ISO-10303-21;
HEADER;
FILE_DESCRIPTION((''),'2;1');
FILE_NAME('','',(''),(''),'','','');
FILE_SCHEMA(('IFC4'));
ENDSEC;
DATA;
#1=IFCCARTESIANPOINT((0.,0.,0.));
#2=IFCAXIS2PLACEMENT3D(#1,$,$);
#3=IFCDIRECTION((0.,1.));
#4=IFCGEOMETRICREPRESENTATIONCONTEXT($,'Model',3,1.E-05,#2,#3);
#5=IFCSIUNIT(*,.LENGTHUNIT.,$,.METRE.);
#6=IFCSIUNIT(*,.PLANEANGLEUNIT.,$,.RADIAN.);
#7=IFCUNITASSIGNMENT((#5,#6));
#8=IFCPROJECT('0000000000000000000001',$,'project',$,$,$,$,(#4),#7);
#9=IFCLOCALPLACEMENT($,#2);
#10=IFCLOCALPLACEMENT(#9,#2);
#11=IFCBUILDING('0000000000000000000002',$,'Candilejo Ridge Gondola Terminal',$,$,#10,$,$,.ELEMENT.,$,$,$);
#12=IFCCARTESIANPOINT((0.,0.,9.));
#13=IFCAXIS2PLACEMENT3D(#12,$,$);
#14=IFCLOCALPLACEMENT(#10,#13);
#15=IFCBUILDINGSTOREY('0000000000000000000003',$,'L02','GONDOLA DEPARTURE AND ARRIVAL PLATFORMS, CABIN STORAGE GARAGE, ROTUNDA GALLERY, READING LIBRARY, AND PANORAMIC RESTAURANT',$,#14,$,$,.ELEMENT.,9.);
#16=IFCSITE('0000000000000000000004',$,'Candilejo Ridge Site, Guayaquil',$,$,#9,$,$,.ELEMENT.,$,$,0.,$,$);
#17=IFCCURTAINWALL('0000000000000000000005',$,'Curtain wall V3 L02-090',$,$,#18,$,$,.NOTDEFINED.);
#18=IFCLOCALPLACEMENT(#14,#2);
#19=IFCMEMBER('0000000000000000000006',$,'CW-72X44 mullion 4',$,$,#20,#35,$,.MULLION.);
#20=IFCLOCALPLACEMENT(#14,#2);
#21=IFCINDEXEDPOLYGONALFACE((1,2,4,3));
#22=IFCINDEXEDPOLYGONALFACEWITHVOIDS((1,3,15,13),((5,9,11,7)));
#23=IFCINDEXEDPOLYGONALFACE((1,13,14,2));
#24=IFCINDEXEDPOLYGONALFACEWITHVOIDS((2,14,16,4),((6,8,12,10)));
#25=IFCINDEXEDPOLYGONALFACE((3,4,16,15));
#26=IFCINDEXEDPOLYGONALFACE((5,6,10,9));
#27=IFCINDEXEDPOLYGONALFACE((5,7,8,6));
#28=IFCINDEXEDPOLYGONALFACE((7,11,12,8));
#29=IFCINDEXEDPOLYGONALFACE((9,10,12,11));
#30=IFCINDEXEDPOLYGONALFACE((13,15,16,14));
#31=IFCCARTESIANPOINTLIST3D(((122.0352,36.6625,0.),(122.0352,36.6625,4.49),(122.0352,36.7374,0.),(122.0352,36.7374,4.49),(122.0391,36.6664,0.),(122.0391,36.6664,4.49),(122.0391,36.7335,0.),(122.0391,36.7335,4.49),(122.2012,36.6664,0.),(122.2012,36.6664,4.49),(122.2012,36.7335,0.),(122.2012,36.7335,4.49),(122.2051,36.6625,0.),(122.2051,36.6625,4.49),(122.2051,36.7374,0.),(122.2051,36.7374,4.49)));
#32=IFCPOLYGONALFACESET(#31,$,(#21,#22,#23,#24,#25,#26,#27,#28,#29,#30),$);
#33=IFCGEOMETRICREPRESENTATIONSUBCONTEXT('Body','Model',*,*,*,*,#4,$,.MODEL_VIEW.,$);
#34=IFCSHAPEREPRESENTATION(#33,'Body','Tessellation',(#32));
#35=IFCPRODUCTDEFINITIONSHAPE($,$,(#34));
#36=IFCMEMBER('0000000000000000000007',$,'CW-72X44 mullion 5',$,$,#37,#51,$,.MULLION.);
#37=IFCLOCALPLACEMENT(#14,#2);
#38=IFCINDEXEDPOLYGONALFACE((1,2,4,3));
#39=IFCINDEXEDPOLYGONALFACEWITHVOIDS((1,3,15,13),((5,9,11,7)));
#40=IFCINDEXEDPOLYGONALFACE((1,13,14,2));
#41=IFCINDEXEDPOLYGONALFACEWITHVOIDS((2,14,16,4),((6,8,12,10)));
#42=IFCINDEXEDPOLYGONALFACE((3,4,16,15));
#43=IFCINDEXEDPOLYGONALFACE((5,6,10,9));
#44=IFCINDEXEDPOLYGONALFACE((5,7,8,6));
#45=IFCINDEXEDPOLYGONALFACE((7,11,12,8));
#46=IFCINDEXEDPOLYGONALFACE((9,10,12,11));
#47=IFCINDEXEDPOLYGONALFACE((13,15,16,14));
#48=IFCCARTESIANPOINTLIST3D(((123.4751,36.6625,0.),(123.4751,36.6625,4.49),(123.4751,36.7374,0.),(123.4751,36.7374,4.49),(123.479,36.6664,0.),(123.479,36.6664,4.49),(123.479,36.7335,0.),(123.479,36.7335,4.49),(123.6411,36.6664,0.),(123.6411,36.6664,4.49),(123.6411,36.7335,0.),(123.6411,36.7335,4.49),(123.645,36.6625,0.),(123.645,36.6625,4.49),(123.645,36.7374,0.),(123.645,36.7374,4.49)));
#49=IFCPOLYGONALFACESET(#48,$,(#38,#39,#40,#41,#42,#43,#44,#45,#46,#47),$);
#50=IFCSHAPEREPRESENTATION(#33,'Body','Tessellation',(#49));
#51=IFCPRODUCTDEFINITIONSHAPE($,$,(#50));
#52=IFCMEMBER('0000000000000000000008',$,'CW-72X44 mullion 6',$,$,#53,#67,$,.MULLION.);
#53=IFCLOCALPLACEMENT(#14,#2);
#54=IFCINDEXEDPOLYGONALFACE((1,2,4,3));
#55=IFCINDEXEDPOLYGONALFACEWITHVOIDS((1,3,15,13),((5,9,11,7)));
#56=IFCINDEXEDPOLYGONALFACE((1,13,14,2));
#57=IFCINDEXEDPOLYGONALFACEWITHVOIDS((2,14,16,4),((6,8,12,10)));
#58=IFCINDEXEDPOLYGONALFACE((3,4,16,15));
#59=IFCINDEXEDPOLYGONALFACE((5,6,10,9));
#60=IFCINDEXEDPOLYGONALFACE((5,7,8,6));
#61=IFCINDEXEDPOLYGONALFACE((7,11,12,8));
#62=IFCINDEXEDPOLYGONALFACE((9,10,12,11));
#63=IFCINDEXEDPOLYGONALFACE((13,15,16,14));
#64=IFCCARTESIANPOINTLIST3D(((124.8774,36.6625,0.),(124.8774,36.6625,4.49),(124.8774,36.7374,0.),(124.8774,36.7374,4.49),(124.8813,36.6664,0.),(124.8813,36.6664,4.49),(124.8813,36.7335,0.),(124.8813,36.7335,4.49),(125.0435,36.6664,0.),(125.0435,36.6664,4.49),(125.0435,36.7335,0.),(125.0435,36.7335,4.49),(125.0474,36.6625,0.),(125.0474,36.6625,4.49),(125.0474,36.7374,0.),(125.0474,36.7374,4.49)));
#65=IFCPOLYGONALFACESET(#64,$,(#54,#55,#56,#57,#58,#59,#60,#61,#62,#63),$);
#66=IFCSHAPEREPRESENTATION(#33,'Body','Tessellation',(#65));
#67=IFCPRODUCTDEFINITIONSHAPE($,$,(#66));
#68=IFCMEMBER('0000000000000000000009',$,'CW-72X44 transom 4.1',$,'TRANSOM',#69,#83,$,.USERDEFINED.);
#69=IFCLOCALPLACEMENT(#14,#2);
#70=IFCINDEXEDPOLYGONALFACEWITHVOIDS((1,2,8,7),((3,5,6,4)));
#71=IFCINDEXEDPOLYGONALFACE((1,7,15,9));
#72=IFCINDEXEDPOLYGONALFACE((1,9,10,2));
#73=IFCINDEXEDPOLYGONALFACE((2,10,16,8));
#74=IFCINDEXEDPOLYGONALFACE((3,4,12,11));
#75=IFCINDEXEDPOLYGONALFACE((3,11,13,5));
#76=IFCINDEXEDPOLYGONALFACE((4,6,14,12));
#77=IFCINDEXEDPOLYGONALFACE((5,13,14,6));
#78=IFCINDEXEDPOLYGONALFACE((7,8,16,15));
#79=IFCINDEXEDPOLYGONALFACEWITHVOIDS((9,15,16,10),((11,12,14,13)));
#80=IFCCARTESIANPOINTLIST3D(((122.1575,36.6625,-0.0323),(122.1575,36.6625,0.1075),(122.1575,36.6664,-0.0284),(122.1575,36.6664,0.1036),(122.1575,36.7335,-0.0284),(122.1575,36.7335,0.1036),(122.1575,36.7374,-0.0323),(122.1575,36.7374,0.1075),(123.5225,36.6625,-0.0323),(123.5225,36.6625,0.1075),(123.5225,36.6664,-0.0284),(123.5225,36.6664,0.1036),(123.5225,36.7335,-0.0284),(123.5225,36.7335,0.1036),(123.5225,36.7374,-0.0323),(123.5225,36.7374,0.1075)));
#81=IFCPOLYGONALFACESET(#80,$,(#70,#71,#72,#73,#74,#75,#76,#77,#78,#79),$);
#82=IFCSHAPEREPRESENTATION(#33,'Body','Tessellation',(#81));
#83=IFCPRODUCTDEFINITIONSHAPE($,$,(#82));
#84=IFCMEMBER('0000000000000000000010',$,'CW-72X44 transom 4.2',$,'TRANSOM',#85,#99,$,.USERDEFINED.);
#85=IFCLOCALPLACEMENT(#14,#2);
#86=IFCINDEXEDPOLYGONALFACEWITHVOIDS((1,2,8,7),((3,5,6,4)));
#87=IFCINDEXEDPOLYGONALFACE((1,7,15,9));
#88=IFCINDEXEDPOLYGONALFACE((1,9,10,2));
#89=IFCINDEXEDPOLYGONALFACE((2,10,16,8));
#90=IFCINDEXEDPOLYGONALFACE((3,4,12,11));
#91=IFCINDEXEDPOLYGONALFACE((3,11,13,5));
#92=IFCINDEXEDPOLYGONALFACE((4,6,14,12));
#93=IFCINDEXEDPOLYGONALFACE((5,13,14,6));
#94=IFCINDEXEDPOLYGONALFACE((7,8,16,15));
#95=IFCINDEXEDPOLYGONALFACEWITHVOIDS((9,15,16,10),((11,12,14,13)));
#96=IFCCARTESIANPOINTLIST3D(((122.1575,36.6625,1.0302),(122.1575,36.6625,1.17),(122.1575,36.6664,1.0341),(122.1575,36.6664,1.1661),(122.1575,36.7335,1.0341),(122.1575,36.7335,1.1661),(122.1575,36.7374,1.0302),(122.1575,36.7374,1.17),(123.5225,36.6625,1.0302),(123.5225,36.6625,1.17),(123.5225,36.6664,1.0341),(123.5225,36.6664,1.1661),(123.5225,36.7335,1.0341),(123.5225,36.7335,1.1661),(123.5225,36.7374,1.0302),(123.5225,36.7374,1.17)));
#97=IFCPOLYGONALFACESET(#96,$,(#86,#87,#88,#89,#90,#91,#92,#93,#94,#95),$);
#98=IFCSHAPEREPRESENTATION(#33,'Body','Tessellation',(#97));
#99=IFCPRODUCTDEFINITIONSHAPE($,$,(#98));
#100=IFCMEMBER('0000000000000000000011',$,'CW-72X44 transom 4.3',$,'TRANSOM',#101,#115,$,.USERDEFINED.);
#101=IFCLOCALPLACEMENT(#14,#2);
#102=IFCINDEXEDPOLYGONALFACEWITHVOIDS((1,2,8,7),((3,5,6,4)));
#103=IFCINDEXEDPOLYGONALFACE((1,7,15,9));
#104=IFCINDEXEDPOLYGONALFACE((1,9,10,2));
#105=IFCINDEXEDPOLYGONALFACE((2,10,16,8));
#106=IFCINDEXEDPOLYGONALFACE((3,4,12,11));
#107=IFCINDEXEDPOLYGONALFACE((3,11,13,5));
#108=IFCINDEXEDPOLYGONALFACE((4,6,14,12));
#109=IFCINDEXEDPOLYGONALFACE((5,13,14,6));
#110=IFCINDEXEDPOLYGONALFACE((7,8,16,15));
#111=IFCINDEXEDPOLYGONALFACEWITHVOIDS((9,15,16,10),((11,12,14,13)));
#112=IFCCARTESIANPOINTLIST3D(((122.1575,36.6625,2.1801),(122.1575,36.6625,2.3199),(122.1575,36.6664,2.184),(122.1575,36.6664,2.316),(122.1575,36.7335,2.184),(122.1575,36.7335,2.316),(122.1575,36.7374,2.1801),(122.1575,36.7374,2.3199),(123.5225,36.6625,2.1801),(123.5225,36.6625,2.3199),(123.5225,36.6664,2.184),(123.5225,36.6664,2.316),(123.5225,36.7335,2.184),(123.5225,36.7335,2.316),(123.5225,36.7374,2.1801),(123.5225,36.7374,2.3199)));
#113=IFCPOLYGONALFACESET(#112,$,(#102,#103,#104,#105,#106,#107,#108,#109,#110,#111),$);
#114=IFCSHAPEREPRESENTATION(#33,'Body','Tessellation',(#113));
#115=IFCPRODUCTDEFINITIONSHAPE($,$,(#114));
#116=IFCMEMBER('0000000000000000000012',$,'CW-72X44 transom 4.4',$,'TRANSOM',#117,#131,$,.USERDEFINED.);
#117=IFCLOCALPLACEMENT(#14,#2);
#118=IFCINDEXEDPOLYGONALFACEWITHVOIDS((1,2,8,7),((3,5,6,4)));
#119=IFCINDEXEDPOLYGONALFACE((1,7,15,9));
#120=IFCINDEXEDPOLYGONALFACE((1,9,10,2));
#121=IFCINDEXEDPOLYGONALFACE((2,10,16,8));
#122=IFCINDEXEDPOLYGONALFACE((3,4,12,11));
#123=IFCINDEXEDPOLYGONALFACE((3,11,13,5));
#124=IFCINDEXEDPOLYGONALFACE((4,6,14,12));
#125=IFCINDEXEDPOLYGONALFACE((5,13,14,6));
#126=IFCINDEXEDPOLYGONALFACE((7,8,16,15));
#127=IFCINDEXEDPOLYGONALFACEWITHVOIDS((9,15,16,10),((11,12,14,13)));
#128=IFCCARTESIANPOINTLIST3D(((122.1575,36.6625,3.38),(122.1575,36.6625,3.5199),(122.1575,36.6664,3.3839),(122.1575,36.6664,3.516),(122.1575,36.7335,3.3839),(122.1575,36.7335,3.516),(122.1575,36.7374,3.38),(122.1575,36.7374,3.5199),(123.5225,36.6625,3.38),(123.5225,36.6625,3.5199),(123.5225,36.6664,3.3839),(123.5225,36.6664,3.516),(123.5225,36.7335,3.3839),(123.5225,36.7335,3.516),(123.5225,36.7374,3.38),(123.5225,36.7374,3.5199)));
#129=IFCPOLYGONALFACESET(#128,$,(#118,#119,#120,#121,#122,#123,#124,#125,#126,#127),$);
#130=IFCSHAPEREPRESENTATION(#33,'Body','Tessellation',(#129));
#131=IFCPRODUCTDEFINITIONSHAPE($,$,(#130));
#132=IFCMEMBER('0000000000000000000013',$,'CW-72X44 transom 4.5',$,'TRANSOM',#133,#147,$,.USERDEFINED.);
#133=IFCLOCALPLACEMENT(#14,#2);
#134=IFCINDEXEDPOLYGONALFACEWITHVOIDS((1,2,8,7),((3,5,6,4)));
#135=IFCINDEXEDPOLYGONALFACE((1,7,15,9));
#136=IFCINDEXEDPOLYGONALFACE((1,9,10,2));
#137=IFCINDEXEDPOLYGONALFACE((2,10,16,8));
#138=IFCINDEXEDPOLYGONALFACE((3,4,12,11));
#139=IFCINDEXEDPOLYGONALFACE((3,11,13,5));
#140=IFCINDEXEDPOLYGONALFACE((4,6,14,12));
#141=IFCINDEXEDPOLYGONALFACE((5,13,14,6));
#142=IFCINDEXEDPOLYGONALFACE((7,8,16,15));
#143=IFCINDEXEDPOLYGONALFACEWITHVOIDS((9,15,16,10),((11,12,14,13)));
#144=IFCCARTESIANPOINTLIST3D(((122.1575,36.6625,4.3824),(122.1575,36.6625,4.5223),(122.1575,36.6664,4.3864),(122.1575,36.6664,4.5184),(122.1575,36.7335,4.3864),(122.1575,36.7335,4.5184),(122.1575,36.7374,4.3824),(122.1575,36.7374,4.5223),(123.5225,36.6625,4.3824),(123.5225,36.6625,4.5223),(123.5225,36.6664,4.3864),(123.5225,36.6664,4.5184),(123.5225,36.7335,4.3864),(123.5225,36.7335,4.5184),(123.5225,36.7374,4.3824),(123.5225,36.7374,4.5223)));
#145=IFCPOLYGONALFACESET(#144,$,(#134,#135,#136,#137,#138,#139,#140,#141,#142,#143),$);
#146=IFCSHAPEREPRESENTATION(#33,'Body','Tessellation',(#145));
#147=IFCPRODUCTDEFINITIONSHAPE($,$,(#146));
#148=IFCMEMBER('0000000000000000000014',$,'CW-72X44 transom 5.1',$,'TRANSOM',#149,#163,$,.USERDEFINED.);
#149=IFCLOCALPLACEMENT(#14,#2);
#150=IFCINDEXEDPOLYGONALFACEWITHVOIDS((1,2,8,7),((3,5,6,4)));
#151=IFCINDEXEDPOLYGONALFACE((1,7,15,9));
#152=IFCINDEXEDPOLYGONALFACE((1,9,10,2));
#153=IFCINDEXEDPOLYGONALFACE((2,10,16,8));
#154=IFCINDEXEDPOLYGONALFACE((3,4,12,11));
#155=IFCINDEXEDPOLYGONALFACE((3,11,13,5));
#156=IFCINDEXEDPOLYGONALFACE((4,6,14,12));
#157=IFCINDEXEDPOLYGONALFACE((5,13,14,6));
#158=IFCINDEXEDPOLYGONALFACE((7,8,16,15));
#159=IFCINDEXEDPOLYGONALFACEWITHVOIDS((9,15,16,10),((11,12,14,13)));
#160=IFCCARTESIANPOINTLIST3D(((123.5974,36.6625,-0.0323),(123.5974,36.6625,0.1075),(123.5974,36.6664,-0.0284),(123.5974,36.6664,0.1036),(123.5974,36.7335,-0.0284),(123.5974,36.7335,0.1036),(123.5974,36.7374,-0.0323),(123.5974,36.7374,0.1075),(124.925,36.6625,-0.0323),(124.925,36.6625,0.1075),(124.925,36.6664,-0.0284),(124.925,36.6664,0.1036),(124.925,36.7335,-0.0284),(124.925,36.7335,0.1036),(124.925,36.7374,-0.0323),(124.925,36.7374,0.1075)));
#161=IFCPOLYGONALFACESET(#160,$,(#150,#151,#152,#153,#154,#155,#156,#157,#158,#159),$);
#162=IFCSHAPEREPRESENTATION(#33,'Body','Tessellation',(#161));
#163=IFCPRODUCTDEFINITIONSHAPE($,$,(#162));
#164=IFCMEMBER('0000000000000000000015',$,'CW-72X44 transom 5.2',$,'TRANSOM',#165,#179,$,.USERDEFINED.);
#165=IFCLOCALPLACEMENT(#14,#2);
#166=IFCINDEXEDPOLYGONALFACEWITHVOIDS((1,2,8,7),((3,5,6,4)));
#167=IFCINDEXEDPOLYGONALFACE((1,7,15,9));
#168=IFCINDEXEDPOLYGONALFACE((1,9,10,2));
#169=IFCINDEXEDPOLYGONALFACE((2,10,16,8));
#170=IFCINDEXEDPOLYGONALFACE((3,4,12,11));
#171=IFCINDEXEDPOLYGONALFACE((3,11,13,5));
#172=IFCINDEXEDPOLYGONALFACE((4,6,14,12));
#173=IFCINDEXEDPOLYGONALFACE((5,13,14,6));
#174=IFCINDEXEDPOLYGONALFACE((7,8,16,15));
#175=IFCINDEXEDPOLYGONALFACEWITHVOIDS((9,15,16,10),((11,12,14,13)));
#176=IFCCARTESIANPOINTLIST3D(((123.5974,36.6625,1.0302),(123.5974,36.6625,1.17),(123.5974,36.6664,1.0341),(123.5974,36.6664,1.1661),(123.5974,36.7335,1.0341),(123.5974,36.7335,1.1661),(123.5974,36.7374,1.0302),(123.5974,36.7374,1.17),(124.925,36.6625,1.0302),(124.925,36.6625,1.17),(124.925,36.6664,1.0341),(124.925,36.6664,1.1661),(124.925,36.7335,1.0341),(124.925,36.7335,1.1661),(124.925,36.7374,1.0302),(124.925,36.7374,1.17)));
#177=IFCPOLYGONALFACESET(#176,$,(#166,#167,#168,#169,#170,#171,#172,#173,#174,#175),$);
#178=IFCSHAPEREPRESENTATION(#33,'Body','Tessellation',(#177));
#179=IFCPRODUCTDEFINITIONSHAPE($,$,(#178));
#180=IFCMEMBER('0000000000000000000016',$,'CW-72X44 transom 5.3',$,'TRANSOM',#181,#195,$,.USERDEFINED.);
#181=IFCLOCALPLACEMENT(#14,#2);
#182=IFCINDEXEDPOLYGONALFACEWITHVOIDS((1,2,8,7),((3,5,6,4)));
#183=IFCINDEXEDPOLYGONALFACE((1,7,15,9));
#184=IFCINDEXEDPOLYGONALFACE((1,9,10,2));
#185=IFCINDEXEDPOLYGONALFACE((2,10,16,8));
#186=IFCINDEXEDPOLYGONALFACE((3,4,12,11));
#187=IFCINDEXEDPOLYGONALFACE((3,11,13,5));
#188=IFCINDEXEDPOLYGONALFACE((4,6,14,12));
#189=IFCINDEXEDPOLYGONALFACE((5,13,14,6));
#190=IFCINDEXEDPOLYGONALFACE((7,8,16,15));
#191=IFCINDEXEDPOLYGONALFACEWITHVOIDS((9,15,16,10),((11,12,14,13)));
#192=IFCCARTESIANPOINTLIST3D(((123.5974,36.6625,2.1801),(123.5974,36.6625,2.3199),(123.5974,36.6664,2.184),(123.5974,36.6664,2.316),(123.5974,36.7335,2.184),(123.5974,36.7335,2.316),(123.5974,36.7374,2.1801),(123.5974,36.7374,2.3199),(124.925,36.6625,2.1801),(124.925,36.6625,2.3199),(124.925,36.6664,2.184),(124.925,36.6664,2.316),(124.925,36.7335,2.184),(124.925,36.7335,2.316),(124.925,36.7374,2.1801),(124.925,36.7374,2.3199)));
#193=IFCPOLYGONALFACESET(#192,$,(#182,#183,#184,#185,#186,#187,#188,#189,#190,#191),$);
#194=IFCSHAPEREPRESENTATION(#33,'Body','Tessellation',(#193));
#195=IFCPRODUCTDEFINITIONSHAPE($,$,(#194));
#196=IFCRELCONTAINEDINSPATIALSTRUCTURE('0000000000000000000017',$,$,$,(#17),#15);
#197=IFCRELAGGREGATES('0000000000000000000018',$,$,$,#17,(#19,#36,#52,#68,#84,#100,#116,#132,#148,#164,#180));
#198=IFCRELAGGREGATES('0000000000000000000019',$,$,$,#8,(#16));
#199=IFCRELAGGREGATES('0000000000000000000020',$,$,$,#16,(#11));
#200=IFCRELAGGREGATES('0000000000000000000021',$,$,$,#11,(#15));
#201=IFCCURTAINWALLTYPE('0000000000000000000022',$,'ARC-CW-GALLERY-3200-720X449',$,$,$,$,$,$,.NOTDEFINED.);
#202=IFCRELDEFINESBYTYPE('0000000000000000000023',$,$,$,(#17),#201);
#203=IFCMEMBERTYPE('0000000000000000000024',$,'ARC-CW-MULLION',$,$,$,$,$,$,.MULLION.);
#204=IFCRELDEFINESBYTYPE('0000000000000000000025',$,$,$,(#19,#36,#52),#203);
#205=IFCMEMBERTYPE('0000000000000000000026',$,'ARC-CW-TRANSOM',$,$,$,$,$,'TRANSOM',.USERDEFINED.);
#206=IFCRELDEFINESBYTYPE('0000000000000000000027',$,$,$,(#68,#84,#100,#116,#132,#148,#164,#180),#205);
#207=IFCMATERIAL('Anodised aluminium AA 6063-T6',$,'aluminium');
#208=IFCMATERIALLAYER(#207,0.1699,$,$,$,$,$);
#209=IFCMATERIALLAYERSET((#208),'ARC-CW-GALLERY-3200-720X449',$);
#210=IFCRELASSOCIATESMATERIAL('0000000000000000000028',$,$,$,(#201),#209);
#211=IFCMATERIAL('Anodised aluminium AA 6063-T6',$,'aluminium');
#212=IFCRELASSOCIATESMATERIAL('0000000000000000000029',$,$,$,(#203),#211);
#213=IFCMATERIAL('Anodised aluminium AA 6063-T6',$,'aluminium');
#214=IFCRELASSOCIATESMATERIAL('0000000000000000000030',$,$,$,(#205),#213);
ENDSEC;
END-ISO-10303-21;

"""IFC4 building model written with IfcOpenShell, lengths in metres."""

from ifc_helpers import new_model, si_unit, direction, frame, origin, origin_2d, place, context, subcontext, project, spatial, hollow_rectangle, extrude, material, layer, layer_set, material_profile, profile_set, type_object, element, aggregate, save


model = new_model("IFC4")

# Units and contexts
model_context = context("Model", 3, precision=1e-05, world=origin(), true_north=direction((0.0, 1.0)))
body_context = subcontext(model_context, "Body", "Model", "MODEL_VIEW")
ifc_project = project(units=[si_unit("LENGTHUNIT", "METRE"), si_unit("PLANEANGLEUNIT", "RADIAN")], contexts=[model_context])

# Site, building, storey
site_placement = place(None, origin())
site = spatial("IfcSite", under=ifc_project, at=site_placement, Name="Candilejo Ridge Site, Guayaquil", CompositionType="ELEMENT", RefElevation=0.0)
building_placement = place(site_placement, origin())
building = spatial("IfcBuilding", under=site, at=building_placement, Name="Candilejo Ridge Gondola Terminal", CompositionType="ELEMENT")
storey_placement = place(building_placement, frame((0.0, 0.0, 9.0)))
storey = spatial("IfcBuildingStorey", under=building, at=storey_placement, Name="L02", Description="GONDOLA DEPARTURE AND ARRIVAL PLATFORMS, CABIN STORAGE GARAGE, ROTUNDA GALLERY, READING LIBRARY, AND PANORAMIC RESTAURANT", CompositionType="ELEMENT", Elevation=9.0)

# Curtain wall, members
ifc_material_1 = material(Name="Anodised aluminium AA 6063-T6", Category="aluminium")
ifc_layer_1 = layer(ifc_material_1, 0.1699)
ifc_layer_set_1 = layer_set([ifc_layer_1], Name="ARC-CW-GALLERY-3200-720X449")
curtain_wall_type = type_object("IfcCurtainWallType", Name="ARC-CW-GALLERY-3200-720X449", PredefinedType="NOTDEFINED", material=ifc_layer_set_1)
curtain_wall_placement = place(storey_placement, origin())
curtain_wall = element("IfcCurtainWall", 1, at=curtain_wall_placement, inside=storey, type_object=curtain_wall_type, Name="Curtain wall V3 L02-090", PredefinedType="NOTDEFINED")
ifc_material_2 = material(Name="Anodised aluminium AA 6063-T6", Category="aluminium")
ifc_material_profile_1 = material_profile(ifc_material_2, hollow_rectangle(XDim=0.075, YDim=0.1699, WallThickness=0.0039, at=origin_2d()))
ifc_profile_set_1 = profile_set([ifc_material_profile_1], Name="Anodised aluminium AA 6063-T6")
member_type_1 = type_object("IfcMemberType", Name="ARC-CW-MULLION", PredefinedType="MULLION", material=ifc_profile_set_1)
member_1_placement = place(storey_placement, frame((122.1201, 36.7, 0.0), z_axis=(0.0, 0.0, 1.0), x_axis=(0.0, 1.0, 0.0)))
member_1 = element("IfcMember", 2, at=member_1_placement, type_object=member_type_1, Name="CW-72X44 mullion 4", PredefinedType="MULLION", context=body_context, shape_type="SweptSolid", body=[
    extrude(hollow_rectangle(XDim=0.075, YDim=0.1699, WallThickness=0.0039, at=origin_2d()), origin(), (0.0, 0.0, 1.0), 4.49),
])
member_2_placement = place(storey_placement, frame((123.5601, 36.7, 0.0), z_axis=(0.0, 0.0, 1.0), x_axis=(0.0, 1.0, 0.0)))
member_2 = element("IfcMember", 3, at=member_2_placement, type_object=member_type_1, Name="CW-72X44 mullion 5", PredefinedType="MULLION", context=body_context, shape_type="SweptSolid", body=[
    extrude(hollow_rectangle(XDim=0.075, YDim=0.1699, WallThickness=0.0039, at=origin_2d()), origin(), (0.0, 0.0, 1.0), 4.49),
])
member_3_placement = place(storey_placement, frame((124.9624, 36.7, 0.0), z_axis=(0.0, 0.0, 1.0), x_axis=(0.0, 1.0, 0.0)))
member_3 = element("IfcMember", 4, at=member_3_placement, type_object=member_type_1, Name="CW-72X44 mullion 6", PredefinedType="MULLION", context=body_context, shape_type="SweptSolid", body=[
    extrude(hollow_rectangle(XDim=0.075, YDim=0.1699, WallThickness=0.0039, at=origin_2d()), origin(), (0.0, 0.0, 1.0), 4.49),
])
ifc_material_3 = material(Name="Anodised aluminium AA 6063-T6", Category="aluminium")
ifc_material_profile_2 = material_profile(ifc_material_3, hollow_rectangle(XDim=0.075, YDim=0.1399, WallThickness=0.0039, at=origin_2d()))
ifc_profile_set_2 = profile_set([ifc_material_profile_2], Name="Anodised aluminium AA 6063-T6")
member_type_2 = type_object("IfcMemberType", Name="ARC-CW-TRANSOM", ElementType="TRANSOM", PredefinedType="USERDEFINED", material=ifc_profile_set_2)
member_4_placement = place(storey_placement, frame((122.1575, 36.7, 0.0376), z_axis=(1.0, 0.0, 0.0), x_axis=(0.0, 1.0, 0.0)))
member_4 = element("IfcMember", 5, at=member_4_placement, type_object=member_type_2, Name="CW-72X44 transom 4.1", ObjectType="TRANSOM", PredefinedType="USERDEFINED", context=body_context, shape_type="SweptSolid", body=[
    extrude(hollow_rectangle(XDim=0.075, YDim=0.1399, WallThickness=0.0039, at=origin_2d()), origin(), (0.0, 0.0, 1.0), 1.365),
])
member_5_placement = place(storey_placement, frame((122.1575, 36.7, 1.1001), z_axis=(1.0, 0.0, 0.0), x_axis=(0.0, 1.0, 0.0)))
member_5 = element("IfcMember", 6, at=member_5_placement, type_object=member_type_2, Name="CW-72X44 transom 4.2", ObjectType="TRANSOM", PredefinedType="USERDEFINED", context=body_context, shape_type="SweptSolid", body=[
    extrude(hollow_rectangle(XDim=0.075, YDim=0.1399, WallThickness=0.0039, at=origin_2d()), origin(), (0.0, 0.0, 1.0), 1.365),
])
member_6_placement = place(storey_placement, frame((122.1575, 36.7, 2.25), z_axis=(1.0, 0.0, 0.0), x_axis=(0.0, 1.0, 0.0)))
member_6 = element("IfcMember", 7, at=member_6_placement, type_object=member_type_2, Name="CW-72X44 transom 4.3", ObjectType="TRANSOM", PredefinedType="USERDEFINED", context=body_context, shape_type="SweptSolid", body=[
    extrude(hollow_rectangle(XDim=0.075, YDim=0.1399, WallThickness=0.0039, at=origin_2d()), origin(), (0.0, 0.0, 1.0), 1.365),
])
member_7_placement = place(storey_placement, frame((122.1575, 36.7, 3.45), z_axis=(1.0, 0.0, 0.0), x_axis=(0.0, 1.0, 0.0)))
member_7 = element("IfcMember", 8, at=member_7_placement, type_object=member_type_2, Name="CW-72X44 transom 4.4", ObjectType="TRANSOM", PredefinedType="USERDEFINED", context=body_context, shape_type="SweptSolid", body=[
    extrude(hollow_rectangle(XDim=0.075, YDim=0.1399, WallThickness=0.0039, at=origin_2d()), origin(), (0.0, 0.0, 1.0), 1.365),
])
member_8_placement = place(storey_placement, frame((122.1575, 36.7, 4.4524), z_axis=(1.0, 0.0, 0.0), x_axis=(0.0, 1.0, 0.0)))
member_8 = element("IfcMember", 9, at=member_8_placement, type_object=member_type_2, Name="CW-72X44 transom 4.5", ObjectType="TRANSOM", PredefinedType="USERDEFINED", context=body_context, shape_type="SweptSolid", body=[
    extrude(hollow_rectangle(XDim=0.075, YDim=0.1399, WallThickness=0.0039, at=origin_2d()), origin(), (0.0, 0.0, 1.0), 1.365),
])
member_9_placement = place(storey_placement, frame((123.5974, 36.7, 0.0376), z_axis=(1.0, 0.0, 0.0), x_axis=(0.0, 1.0, 0.0)))
member_9 = element("IfcMember", 10, at=member_9_placement, type_object=member_type_2, Name="CW-72X44 transom 5.1", ObjectType="TRANSOM", PredefinedType="USERDEFINED", context=body_context, shape_type="SweptSolid", body=[
    extrude(hollow_rectangle(XDim=0.075, YDim=0.1399, WallThickness=0.0039, at=origin_2d()), origin(), (0.0, 0.0, 1.0), 1.3276),
])
member_10_placement = place(storey_placement, frame((123.5974, 36.7, 1.1001), z_axis=(1.0, 0.0, 0.0), x_axis=(0.0, 1.0, 0.0)))
member_10 = element("IfcMember", 11, at=member_10_placement, type_object=member_type_2, Name="CW-72X44 transom 5.2", ObjectType="TRANSOM", PredefinedType="USERDEFINED", context=body_context, shape_type="SweptSolid", body=[
    extrude(hollow_rectangle(XDim=0.075, YDim=0.1399, WallThickness=0.0039, at=origin_2d()), origin(), (0.0, 0.0, 1.0), 1.3276),
])
member_11_placement = place(storey_placement, frame((123.5974, 36.7, 2.25), z_axis=(1.0, 0.0, 0.0), x_axis=(0.0, 1.0, 0.0)))
member_11 = element("IfcMember", 12, at=member_11_placement, type_object=member_type_2, Name="CW-72X44 transom 5.3", ObjectType="TRANSOM", PredefinedType="USERDEFINED", context=body_context, shape_type="SweptSolid", body=[
    extrude(hollow_rectangle(XDim=0.075, YDim=0.1399, WallThickness=0.0039, at=origin_2d()), origin(), (0.0, 0.0, 1.0), 1.3276),
])
aggregate(curtain_wall, [member_1, member_2, member_3, member_4, member_5, member_6, member_7, member_8, member_9, member_10, member_11])

save(model, "model.ifc")
